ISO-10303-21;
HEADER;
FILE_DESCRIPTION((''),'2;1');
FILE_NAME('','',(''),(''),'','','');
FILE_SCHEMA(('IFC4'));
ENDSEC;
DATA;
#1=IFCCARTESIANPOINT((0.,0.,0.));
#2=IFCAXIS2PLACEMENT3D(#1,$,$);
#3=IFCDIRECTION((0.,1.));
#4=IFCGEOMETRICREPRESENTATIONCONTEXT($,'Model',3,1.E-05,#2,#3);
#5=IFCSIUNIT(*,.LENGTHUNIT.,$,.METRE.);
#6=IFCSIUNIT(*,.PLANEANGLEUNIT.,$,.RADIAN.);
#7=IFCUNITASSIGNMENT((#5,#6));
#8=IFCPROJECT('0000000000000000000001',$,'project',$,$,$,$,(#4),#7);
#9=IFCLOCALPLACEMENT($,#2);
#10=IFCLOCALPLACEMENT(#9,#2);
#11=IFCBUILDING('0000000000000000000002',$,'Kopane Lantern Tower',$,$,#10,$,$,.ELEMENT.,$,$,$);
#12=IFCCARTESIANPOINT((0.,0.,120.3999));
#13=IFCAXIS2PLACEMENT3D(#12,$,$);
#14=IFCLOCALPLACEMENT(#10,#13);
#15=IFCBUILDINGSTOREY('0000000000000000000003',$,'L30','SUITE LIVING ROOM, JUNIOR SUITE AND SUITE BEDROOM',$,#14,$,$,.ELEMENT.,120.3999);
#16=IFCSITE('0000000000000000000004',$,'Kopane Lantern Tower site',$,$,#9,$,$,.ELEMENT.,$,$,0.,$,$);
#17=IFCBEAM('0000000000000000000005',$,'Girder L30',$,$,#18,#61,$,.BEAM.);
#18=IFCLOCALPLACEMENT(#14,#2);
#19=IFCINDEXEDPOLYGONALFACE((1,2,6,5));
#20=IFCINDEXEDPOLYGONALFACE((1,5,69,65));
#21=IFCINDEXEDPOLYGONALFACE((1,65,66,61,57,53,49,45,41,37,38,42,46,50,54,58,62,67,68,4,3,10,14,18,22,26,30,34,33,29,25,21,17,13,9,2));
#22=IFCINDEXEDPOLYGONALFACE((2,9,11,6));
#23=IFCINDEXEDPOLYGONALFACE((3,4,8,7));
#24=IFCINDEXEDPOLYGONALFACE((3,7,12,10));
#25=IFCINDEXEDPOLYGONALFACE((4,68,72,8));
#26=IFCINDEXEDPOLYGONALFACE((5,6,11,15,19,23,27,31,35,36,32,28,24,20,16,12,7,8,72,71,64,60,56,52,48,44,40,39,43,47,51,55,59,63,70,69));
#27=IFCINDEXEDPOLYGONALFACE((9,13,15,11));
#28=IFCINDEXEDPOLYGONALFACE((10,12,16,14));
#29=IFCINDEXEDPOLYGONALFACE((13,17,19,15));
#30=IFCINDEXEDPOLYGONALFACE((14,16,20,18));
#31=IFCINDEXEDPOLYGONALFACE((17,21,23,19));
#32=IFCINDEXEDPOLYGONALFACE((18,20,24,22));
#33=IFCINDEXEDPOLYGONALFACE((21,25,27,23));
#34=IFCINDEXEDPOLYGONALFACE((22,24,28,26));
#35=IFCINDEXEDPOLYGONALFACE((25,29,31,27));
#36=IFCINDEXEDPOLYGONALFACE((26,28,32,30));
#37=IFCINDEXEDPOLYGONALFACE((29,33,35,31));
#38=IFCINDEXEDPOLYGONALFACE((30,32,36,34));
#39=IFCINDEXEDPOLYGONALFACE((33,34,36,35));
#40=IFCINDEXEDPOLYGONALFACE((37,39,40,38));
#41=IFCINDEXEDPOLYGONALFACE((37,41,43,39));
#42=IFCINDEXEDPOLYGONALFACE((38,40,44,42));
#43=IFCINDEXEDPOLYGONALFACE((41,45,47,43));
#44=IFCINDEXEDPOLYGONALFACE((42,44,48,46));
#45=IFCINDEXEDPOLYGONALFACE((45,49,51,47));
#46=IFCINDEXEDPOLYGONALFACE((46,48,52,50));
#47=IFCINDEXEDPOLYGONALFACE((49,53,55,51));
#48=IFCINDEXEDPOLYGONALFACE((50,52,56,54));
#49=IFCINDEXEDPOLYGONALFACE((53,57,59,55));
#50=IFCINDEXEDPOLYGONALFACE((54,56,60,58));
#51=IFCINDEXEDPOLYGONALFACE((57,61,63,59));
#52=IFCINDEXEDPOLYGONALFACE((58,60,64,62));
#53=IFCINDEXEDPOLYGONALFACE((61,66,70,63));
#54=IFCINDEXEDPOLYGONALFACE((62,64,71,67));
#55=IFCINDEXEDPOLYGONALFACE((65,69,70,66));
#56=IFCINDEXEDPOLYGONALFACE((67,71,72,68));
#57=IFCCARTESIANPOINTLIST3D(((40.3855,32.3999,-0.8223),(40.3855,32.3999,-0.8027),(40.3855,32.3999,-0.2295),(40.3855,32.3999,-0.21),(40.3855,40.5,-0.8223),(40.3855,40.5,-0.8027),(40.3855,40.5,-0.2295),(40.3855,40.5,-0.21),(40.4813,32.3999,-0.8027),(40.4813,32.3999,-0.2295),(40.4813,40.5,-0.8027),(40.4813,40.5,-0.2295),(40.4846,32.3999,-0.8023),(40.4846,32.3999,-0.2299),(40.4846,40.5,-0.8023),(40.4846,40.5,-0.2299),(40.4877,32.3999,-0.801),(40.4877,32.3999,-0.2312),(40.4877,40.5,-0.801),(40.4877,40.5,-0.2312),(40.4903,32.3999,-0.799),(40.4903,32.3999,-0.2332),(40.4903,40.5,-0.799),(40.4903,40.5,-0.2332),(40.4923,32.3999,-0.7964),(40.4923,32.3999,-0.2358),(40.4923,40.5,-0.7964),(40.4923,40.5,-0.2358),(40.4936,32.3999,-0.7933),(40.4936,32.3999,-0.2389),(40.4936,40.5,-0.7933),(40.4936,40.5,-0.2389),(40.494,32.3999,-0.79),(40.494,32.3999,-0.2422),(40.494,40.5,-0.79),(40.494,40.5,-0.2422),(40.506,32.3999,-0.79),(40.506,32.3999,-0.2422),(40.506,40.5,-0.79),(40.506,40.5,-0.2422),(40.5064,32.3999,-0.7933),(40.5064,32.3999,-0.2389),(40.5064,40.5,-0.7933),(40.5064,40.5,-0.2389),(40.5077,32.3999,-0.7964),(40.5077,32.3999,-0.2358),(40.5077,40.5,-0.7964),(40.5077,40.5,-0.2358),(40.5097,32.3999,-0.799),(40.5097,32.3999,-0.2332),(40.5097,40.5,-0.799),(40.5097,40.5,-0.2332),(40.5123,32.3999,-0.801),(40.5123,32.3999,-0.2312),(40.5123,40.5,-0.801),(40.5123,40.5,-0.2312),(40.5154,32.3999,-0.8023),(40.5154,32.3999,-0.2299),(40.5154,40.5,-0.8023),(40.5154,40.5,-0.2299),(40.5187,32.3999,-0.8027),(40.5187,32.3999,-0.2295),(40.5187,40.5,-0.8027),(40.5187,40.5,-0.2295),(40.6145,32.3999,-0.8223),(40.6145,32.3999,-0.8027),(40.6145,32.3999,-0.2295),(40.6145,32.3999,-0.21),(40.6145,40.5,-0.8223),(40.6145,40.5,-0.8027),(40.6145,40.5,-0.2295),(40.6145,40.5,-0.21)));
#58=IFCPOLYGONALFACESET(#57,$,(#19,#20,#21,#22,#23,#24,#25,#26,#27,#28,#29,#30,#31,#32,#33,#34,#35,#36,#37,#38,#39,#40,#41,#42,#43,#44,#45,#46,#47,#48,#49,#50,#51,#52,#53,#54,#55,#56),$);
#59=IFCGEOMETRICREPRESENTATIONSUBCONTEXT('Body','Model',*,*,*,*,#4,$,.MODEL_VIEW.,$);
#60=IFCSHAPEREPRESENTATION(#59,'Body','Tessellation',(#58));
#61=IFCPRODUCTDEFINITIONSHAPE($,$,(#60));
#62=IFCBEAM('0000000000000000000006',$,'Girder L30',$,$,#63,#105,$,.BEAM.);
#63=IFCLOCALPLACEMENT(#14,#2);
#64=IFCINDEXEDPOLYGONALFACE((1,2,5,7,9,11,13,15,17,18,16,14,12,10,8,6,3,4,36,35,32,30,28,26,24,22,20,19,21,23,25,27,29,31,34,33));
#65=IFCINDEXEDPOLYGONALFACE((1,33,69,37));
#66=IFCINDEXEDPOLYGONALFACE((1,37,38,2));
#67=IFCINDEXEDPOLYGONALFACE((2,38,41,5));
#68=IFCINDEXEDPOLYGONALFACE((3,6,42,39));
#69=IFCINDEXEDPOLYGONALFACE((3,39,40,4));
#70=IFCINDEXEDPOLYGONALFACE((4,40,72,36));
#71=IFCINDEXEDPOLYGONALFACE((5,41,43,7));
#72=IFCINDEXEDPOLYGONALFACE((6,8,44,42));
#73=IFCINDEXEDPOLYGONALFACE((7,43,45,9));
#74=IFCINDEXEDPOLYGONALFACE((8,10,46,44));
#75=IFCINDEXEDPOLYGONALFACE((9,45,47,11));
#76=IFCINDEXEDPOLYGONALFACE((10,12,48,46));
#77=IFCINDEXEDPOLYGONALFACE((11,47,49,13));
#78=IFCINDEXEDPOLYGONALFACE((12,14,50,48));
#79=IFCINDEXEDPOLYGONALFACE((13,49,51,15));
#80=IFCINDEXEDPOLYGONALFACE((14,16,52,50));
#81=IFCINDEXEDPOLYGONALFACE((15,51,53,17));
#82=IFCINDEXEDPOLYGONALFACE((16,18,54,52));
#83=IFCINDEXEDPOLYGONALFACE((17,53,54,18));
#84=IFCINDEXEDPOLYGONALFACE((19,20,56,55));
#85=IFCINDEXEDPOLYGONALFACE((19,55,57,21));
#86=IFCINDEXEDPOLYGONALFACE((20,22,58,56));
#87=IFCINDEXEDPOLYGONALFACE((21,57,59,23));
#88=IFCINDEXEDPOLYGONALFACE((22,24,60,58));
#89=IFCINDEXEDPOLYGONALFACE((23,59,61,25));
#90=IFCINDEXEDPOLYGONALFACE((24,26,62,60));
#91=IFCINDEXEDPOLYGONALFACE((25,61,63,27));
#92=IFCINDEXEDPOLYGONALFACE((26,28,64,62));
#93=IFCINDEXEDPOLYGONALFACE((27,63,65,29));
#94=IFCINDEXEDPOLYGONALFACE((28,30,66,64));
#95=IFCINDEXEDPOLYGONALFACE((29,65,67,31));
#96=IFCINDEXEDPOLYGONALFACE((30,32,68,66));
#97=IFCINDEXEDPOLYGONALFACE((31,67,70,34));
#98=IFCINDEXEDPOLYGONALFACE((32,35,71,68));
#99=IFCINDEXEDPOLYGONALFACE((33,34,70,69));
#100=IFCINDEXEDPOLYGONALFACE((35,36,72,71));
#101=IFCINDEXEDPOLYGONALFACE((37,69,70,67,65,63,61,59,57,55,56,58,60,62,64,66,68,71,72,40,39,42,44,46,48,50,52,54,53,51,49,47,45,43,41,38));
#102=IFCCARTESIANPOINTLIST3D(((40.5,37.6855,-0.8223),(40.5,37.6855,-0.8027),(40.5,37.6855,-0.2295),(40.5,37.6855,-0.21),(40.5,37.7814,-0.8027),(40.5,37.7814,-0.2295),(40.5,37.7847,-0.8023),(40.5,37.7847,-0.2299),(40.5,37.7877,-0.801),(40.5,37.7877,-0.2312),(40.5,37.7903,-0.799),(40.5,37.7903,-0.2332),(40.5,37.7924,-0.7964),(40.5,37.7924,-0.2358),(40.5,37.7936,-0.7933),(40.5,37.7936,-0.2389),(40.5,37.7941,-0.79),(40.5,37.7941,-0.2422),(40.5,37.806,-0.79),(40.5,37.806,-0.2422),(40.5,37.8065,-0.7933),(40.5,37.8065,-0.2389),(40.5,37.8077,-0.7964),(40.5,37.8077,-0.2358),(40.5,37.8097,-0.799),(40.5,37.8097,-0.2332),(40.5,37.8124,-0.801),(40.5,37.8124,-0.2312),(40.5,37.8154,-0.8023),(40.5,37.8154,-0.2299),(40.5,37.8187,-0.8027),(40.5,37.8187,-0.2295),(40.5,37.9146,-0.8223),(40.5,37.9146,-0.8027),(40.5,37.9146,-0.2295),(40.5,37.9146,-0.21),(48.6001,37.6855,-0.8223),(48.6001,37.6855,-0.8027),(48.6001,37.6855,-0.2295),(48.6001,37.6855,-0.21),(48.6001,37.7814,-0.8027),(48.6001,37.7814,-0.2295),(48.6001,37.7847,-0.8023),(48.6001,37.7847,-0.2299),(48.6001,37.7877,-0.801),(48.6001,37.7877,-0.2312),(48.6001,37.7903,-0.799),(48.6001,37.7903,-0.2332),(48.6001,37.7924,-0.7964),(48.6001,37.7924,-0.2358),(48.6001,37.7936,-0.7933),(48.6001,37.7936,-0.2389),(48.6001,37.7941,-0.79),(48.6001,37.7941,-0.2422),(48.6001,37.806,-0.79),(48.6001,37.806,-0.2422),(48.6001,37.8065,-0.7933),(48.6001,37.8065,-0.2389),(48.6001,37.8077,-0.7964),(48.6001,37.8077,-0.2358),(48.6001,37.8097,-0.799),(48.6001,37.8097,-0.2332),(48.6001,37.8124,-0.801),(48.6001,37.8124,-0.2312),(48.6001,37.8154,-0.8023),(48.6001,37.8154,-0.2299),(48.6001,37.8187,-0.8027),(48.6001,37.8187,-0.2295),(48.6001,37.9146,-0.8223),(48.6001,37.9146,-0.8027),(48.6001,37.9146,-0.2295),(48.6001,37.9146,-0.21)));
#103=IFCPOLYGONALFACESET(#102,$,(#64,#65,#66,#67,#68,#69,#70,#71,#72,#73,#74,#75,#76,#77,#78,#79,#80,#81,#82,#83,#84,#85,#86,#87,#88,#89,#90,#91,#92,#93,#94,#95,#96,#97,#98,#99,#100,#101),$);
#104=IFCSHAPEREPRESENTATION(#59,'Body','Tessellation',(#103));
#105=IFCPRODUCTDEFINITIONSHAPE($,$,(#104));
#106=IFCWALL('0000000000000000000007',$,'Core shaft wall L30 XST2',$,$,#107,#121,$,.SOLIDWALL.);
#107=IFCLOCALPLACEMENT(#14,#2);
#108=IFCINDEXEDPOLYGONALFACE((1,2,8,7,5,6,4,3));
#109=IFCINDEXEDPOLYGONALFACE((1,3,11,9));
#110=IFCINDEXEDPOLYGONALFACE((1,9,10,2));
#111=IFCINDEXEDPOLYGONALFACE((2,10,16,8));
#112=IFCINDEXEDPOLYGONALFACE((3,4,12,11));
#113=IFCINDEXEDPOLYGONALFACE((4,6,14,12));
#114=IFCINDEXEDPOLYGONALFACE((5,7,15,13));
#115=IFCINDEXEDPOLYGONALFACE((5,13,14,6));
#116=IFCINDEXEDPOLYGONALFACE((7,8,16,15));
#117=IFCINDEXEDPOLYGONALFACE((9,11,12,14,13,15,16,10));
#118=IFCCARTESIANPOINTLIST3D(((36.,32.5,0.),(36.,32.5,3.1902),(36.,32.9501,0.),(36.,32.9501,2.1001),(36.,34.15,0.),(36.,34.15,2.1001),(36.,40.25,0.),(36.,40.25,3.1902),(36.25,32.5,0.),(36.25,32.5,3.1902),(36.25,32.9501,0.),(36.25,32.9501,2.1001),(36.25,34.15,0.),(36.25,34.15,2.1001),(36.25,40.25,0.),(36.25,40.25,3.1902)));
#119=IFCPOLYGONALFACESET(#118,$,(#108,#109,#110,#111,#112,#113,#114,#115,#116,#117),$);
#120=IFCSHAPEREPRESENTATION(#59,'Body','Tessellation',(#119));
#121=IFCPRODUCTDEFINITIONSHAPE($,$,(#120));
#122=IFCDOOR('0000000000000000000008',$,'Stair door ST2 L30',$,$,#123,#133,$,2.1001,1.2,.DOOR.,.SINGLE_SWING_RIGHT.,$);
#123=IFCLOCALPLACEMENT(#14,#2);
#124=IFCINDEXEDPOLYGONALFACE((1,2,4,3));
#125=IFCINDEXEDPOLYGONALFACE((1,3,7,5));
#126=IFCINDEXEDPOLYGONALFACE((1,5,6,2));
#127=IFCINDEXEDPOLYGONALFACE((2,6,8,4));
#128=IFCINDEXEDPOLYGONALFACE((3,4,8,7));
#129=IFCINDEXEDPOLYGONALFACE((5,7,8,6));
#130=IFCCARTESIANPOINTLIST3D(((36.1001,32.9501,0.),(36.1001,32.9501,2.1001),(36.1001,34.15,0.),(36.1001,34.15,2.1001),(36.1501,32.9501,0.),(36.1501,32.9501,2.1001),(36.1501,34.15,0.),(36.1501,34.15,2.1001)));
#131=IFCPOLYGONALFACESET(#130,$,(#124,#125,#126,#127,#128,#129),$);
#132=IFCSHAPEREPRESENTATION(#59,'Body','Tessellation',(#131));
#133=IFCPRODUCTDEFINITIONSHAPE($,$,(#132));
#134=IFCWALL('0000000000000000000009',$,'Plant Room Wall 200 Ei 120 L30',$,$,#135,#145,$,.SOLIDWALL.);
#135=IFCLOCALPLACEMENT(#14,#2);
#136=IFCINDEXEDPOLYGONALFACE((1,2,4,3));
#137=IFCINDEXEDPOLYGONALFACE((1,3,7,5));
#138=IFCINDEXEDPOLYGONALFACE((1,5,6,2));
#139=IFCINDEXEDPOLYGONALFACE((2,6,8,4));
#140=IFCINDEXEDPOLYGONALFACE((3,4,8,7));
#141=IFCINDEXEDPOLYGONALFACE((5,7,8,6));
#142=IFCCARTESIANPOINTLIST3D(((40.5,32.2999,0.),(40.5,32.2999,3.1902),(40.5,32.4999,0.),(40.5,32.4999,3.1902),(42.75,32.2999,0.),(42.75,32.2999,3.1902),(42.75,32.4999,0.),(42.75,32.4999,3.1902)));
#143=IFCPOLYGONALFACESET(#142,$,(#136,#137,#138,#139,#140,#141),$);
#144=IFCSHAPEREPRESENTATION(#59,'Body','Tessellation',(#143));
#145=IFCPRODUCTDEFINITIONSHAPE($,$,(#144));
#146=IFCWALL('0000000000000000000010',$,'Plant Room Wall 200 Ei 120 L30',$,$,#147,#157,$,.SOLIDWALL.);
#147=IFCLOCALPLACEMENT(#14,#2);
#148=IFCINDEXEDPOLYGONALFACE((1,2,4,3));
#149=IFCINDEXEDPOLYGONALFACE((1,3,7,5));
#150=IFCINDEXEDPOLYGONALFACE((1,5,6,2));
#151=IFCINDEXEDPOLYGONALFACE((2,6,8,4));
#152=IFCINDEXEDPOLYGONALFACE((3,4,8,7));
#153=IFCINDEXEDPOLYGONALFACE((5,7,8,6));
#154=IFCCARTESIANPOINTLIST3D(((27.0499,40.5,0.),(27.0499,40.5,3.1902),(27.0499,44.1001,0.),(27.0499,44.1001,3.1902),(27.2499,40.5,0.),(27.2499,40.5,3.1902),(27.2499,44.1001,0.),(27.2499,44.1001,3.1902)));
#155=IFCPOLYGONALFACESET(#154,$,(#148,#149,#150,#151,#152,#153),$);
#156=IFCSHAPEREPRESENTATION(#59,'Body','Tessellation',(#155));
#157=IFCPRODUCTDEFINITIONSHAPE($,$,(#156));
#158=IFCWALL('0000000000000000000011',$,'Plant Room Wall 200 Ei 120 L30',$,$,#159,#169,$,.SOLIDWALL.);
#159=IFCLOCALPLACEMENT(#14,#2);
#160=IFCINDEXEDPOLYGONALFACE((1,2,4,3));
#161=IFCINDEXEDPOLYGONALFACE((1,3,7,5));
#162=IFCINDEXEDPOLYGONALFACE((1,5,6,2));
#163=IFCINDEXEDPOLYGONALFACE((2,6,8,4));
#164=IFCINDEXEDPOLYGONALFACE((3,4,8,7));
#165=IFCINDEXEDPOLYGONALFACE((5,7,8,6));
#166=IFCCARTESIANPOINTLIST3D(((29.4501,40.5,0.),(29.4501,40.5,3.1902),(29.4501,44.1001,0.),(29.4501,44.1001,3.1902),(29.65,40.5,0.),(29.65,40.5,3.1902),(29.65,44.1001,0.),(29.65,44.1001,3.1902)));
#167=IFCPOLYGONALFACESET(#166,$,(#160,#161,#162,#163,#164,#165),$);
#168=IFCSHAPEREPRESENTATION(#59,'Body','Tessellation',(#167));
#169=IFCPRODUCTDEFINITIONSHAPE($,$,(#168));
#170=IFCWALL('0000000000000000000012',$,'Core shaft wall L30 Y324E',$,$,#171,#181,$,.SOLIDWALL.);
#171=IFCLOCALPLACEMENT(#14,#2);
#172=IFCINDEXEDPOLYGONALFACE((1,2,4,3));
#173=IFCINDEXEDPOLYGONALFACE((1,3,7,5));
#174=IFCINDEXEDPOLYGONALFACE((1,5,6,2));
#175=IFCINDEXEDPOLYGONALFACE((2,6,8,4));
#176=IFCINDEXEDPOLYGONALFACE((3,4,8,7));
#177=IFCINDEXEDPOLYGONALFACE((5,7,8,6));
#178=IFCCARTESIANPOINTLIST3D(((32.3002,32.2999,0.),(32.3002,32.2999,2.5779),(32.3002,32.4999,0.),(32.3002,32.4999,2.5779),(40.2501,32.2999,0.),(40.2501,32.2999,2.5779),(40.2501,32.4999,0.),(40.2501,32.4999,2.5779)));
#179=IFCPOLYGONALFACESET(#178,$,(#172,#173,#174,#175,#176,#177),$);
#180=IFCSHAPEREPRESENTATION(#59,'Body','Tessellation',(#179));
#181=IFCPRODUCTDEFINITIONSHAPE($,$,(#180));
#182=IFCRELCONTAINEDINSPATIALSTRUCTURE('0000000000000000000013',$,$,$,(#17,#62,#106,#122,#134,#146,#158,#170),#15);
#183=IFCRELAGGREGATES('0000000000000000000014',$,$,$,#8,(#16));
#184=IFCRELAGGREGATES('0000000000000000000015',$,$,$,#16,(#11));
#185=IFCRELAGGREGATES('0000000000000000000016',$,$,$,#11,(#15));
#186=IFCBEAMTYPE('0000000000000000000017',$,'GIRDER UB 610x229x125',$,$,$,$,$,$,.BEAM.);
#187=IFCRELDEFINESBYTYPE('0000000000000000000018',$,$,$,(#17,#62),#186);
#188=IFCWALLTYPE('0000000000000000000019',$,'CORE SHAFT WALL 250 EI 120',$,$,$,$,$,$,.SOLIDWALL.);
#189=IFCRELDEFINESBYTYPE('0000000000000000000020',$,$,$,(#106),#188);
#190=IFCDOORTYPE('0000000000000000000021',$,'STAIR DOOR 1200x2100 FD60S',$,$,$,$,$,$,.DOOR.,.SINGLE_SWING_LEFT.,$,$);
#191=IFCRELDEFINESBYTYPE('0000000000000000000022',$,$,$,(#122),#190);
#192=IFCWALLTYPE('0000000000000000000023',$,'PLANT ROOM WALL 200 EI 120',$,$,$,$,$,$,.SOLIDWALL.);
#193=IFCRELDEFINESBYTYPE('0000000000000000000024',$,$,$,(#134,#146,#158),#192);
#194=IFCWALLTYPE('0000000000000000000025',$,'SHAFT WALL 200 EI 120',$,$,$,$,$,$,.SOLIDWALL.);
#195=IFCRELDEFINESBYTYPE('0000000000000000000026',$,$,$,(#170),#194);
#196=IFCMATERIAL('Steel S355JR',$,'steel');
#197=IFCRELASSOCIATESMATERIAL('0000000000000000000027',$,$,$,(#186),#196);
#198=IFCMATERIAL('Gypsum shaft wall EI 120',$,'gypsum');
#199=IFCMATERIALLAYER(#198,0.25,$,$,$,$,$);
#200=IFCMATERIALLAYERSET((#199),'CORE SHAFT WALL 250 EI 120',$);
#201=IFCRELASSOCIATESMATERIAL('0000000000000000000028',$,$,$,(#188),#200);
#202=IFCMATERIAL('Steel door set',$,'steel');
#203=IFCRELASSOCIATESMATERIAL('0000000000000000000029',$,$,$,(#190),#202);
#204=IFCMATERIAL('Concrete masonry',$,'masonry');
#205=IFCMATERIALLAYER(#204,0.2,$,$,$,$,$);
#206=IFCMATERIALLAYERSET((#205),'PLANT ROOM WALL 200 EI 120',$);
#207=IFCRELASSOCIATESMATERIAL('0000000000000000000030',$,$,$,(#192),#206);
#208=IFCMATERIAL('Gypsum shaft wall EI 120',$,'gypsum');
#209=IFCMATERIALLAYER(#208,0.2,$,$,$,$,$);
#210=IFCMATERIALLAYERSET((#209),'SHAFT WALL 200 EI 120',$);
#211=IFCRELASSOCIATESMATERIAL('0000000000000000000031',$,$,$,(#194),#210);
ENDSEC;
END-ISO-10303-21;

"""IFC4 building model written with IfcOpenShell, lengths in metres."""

from ifc_helpers import new_model, si_unit, direction, frame, frame_2d, origin, origin_2d, place, context, subcontext, project, spatial, rectangle, i_section, extrude, material, layer, layer_set, material_profile, profile_set, type_object, element, fill, save


model = new_model("IFC4")

# Units and contexts
model_context = context("Model", 3, precision=1e-05, world=origin(), true_north=direction((0.0, 1.0)))
body_context = subcontext(model_context, "Body", "Model", "MODEL_VIEW")
ifc_project = project(units=[si_unit("LENGTHUNIT", "METRE"), si_unit("PLANEANGLEUNIT", "RADIAN")], contexts=[model_context])

# Site, building, storey
site_placement = place(None, origin())
site = spatial("IfcSite", under=ifc_project, at=site_placement, Name="Kopane Lantern Tower site", CompositionType="ELEMENT", RefElevation=0.0)
building_placement = place(site_placement, origin())
building = spatial("IfcBuilding", under=site, at=building_placement, Name="Kopane Lantern Tower", CompositionType="ELEMENT")
storey_placement = place(building_placement, frame((0.0, 0.0, 120.3999)))
storey = spatial("IfcBuildingStorey", under=building, at=storey_placement, Name="L30", Description="SUITE LIVING ROOM, JUNIOR SUITE AND SUITE BEDROOM", CompositionType="ELEMENT", Elevation=120.3999)

# Beams
ifc_material_1 = material(Name="Steel S355JR", Category="steel")
ifc_material_profile_1 = material_profile(ifc_material_1, i_section(OverallWidth=0.229, OverallDepth=0.6123, WebThickness=0.012, FlangeThickness=0.0195, FilletRadius=0.0127, at=origin_2d()), Name="UB 610x229x125")
ifc_profile_set_1 = profile_set([ifc_material_profile_1], Name="Steel S355JR")
beam_type_1 = type_object("IfcBeamType", Name="GIRDER UB 610x229x125", PredefinedType="BEAM", material=ifc_profile_set_1)
for number, where, z_axis, x_axis, name in (
    (1, (40.5, 32.3999, -0.5161), (0.0, 1.0, 0.0), (-1.0, 0.0, 0.0), "Girder L30"),
    (2, (40.5, 37.8, -0.5161), (1.0, 0.0, 0.0), (0.0, 1.0, 0.0), "Girder L30"),
):
    element("IfcBeam", number, at=place(storey_placement, frame(where, z_axis=z_axis, x_axis=x_axis)), inside=storey, type_object=beam_type_1, Name=name, PredefinedType="BEAM", context=body_context, shape_type="SweptSolid", body=[
        extrude(i_section(OverallWidth=0.229, OverallDepth=0.6123, WebThickness=0.012, FlangeThickness=0.0195, FilletRadius=0.0127, at=origin_2d()), origin(), (0.0, 0.0, 1.0), 8.1001),
    ])

# Wall, opening, door
ifc_material_2 = material(Name="Gypsum shaft wall EI 120", Category="gypsum")
ifc_layer_1 = layer(ifc_material_2, 0.25)
ifc_layer_set_1 = layer_set([ifc_layer_1], Name="CORE SHAFT WALL 250 EI 120")
wall_type_1 = type_object("IfcWallType", Name="CORE SHAFT WALL 250 EI 120", PredefinedType="SOLIDWALL", material=ifc_layer_set_1)
wall_1_placement = place(storey_placement, frame((36.125, 32.5, 0.0), z_axis=(0.0, 0.0, 1.0), x_axis=(0.0, 1.0, 0.0)))
wall_1 = element("IfcWall", 3, at=wall_1_placement, inside=storey, type_object=wall_type_1, Name="Core shaft wall L30 XST2", PredefinedType="SOLIDWALL", context=body_context, shape_type="SweptSolid", body=[
    extrude(rectangle(XDim=7.75, YDim=0.25, at=frame_2d((3.875, 0.0))), origin(), (0.0, 0.0, 1.0), 3.1902),
])
opening_1_placement = place(wall_1_placement, frame((0.45, 0.0, 0.0)))
opening_1 = element("IfcOpeningElement", 4, at=opening_1_placement, cuts=wall_1, PredefinedType="OPENING", context=body_context, shape_type="SweptSolid", body=[
    extrude(rectangle(XDim=1.2, YDim=2.1001, at=frame_2d((0.6001, 1.05))), frame((0.0, 0.135, 0.0), z_axis=(0.0, -1.0, 0.0), x_axis=(1.0, 0.0, 0.0)), (0.0, 0.0, 1.0), 0.27),
])
ifc_material_3 = material(Name="Steel door set", Category="steel")
door_type_1 = type_object("IfcDoorType", Name="STAIR DOOR 1200x2100 FD60S", OperationType="SINGLE_SWING_LEFT", PredefinedType="DOOR", material=ifc_material_3)
door_1_placement = place(opening_1_placement, origin())
door_1 = element("IfcDoor", 5, at=door_1_placement, inside=storey, type_object=door_type_1, Name="Stair door ST2 L30", OperationType="SINGLE_SWING_RIGHT", OverallHeight=2.1001, OverallWidth=1.2, PredefinedType="DOOR", context=body_context, shape_type="SweptSolid", body=[
    extrude(rectangle(XDim=1.2, YDim=2.1001, at=frame_2d((0.6001, 1.05))), frame((0.0, 0.0249, 0.0), z_axis=(0.0, -1.0, 0.0), x_axis=(1.0, 0.0, 0.0)), (0.0, 0.0, 1.0), 0.05),
])
fill(opening_1, door_1)

# Walls
ifc_material_4 = material(Name="Concrete masonry", Category="masonry")
ifc_layer_2 = layer(ifc_material_4, 0.2)
ifc_layer_set_2 = layer_set([ifc_layer_2], Name="PLANT ROOM WALL 200 EI 120")
wall_type_2 = type_object("IfcWallType", Name="PLANT ROOM WALL 200 EI 120", PredefinedType="SOLIDWALL", material=ifc_layer_set_2)
wall_2_placement = place(storey_placement, frame((40.5, 32.3999, 0.0), z_axis=(0.0, 0.0, 1.0), x_axis=(1.0, 0.0, 0.0)))
element("IfcWall", 6, at=wall_2_placement, inside=storey, type_object=wall_type_2, Name="Plant Room Wall 200 Ei 120 L30", PredefinedType="SOLIDWALL", context=body_context, shape_type="SweptSolid", body=[
    extrude(rectangle(XDim=2.25, YDim=0.2, at=frame_2d((1.125, 0.0))), origin(), (0.0, 0.0, 1.0), 3.1902),
])
for number, where, z_axis, x_axis, name in (
    (7, (27.1499, 40.5, 0.0), (0.0, 0.0, 1.0), (0.0, 1.0, 0.0), "Plant Room Wall 200 Ei 120 L30"),
    (8, (29.55, 40.5, 0.0), (0.0, 0.0, 1.0), (0.0, 1.0, 0.0), "Plant Room Wall 200 Ei 120 L30"),
):
    element("IfcWall", number, at=place(storey_placement, frame(where, z_axis=z_axis, x_axis=x_axis)), inside=storey, type_object=wall_type_2, Name=name, PredefinedType="SOLIDWALL", context=body_context, shape_type="SweptSolid", body=[
        extrude(rectangle(XDim=3.6001, YDim=0.2, at=frame_2d((1.8, 0.0))), origin(), (0.0, 0.0, 1.0), 3.1902),
    ])
ifc_material_5 = material(Name="Gypsum shaft wall EI 120", Category="gypsum")
ifc_layer_3 = layer(ifc_material_5, 0.2)
ifc_layer_set_3 = layer_set([ifc_layer_3], Name="SHAFT WALL 200 EI 120")
wall_type_3 = type_object("IfcWallType", Name="SHAFT WALL 200 EI 120", PredefinedType="SOLIDWALL", material=ifc_layer_set_3)
wall_3_placement = place(storey_placement, frame((32.3, 32.3999, 0.0), z_axis=(0.0, 0.0, 1.0), x_axis=(1.0, 0.0, 0.0)))
element("IfcWall", 9, at=wall_3_placement, inside=storey, type_object=wall_type_3, Name="Core shaft wall L30 Y324E", PredefinedType="SOLIDWALL", context=body_context, shape_type="SweptSolid", body=[
    extrude(rectangle(XDim=7.95, YDim=0.2, at=frame_2d((3.9751, 0.0))), origin(), (0.0, 0.0, 1.0), 2.5779),
])

save(model, "model.ifc")
